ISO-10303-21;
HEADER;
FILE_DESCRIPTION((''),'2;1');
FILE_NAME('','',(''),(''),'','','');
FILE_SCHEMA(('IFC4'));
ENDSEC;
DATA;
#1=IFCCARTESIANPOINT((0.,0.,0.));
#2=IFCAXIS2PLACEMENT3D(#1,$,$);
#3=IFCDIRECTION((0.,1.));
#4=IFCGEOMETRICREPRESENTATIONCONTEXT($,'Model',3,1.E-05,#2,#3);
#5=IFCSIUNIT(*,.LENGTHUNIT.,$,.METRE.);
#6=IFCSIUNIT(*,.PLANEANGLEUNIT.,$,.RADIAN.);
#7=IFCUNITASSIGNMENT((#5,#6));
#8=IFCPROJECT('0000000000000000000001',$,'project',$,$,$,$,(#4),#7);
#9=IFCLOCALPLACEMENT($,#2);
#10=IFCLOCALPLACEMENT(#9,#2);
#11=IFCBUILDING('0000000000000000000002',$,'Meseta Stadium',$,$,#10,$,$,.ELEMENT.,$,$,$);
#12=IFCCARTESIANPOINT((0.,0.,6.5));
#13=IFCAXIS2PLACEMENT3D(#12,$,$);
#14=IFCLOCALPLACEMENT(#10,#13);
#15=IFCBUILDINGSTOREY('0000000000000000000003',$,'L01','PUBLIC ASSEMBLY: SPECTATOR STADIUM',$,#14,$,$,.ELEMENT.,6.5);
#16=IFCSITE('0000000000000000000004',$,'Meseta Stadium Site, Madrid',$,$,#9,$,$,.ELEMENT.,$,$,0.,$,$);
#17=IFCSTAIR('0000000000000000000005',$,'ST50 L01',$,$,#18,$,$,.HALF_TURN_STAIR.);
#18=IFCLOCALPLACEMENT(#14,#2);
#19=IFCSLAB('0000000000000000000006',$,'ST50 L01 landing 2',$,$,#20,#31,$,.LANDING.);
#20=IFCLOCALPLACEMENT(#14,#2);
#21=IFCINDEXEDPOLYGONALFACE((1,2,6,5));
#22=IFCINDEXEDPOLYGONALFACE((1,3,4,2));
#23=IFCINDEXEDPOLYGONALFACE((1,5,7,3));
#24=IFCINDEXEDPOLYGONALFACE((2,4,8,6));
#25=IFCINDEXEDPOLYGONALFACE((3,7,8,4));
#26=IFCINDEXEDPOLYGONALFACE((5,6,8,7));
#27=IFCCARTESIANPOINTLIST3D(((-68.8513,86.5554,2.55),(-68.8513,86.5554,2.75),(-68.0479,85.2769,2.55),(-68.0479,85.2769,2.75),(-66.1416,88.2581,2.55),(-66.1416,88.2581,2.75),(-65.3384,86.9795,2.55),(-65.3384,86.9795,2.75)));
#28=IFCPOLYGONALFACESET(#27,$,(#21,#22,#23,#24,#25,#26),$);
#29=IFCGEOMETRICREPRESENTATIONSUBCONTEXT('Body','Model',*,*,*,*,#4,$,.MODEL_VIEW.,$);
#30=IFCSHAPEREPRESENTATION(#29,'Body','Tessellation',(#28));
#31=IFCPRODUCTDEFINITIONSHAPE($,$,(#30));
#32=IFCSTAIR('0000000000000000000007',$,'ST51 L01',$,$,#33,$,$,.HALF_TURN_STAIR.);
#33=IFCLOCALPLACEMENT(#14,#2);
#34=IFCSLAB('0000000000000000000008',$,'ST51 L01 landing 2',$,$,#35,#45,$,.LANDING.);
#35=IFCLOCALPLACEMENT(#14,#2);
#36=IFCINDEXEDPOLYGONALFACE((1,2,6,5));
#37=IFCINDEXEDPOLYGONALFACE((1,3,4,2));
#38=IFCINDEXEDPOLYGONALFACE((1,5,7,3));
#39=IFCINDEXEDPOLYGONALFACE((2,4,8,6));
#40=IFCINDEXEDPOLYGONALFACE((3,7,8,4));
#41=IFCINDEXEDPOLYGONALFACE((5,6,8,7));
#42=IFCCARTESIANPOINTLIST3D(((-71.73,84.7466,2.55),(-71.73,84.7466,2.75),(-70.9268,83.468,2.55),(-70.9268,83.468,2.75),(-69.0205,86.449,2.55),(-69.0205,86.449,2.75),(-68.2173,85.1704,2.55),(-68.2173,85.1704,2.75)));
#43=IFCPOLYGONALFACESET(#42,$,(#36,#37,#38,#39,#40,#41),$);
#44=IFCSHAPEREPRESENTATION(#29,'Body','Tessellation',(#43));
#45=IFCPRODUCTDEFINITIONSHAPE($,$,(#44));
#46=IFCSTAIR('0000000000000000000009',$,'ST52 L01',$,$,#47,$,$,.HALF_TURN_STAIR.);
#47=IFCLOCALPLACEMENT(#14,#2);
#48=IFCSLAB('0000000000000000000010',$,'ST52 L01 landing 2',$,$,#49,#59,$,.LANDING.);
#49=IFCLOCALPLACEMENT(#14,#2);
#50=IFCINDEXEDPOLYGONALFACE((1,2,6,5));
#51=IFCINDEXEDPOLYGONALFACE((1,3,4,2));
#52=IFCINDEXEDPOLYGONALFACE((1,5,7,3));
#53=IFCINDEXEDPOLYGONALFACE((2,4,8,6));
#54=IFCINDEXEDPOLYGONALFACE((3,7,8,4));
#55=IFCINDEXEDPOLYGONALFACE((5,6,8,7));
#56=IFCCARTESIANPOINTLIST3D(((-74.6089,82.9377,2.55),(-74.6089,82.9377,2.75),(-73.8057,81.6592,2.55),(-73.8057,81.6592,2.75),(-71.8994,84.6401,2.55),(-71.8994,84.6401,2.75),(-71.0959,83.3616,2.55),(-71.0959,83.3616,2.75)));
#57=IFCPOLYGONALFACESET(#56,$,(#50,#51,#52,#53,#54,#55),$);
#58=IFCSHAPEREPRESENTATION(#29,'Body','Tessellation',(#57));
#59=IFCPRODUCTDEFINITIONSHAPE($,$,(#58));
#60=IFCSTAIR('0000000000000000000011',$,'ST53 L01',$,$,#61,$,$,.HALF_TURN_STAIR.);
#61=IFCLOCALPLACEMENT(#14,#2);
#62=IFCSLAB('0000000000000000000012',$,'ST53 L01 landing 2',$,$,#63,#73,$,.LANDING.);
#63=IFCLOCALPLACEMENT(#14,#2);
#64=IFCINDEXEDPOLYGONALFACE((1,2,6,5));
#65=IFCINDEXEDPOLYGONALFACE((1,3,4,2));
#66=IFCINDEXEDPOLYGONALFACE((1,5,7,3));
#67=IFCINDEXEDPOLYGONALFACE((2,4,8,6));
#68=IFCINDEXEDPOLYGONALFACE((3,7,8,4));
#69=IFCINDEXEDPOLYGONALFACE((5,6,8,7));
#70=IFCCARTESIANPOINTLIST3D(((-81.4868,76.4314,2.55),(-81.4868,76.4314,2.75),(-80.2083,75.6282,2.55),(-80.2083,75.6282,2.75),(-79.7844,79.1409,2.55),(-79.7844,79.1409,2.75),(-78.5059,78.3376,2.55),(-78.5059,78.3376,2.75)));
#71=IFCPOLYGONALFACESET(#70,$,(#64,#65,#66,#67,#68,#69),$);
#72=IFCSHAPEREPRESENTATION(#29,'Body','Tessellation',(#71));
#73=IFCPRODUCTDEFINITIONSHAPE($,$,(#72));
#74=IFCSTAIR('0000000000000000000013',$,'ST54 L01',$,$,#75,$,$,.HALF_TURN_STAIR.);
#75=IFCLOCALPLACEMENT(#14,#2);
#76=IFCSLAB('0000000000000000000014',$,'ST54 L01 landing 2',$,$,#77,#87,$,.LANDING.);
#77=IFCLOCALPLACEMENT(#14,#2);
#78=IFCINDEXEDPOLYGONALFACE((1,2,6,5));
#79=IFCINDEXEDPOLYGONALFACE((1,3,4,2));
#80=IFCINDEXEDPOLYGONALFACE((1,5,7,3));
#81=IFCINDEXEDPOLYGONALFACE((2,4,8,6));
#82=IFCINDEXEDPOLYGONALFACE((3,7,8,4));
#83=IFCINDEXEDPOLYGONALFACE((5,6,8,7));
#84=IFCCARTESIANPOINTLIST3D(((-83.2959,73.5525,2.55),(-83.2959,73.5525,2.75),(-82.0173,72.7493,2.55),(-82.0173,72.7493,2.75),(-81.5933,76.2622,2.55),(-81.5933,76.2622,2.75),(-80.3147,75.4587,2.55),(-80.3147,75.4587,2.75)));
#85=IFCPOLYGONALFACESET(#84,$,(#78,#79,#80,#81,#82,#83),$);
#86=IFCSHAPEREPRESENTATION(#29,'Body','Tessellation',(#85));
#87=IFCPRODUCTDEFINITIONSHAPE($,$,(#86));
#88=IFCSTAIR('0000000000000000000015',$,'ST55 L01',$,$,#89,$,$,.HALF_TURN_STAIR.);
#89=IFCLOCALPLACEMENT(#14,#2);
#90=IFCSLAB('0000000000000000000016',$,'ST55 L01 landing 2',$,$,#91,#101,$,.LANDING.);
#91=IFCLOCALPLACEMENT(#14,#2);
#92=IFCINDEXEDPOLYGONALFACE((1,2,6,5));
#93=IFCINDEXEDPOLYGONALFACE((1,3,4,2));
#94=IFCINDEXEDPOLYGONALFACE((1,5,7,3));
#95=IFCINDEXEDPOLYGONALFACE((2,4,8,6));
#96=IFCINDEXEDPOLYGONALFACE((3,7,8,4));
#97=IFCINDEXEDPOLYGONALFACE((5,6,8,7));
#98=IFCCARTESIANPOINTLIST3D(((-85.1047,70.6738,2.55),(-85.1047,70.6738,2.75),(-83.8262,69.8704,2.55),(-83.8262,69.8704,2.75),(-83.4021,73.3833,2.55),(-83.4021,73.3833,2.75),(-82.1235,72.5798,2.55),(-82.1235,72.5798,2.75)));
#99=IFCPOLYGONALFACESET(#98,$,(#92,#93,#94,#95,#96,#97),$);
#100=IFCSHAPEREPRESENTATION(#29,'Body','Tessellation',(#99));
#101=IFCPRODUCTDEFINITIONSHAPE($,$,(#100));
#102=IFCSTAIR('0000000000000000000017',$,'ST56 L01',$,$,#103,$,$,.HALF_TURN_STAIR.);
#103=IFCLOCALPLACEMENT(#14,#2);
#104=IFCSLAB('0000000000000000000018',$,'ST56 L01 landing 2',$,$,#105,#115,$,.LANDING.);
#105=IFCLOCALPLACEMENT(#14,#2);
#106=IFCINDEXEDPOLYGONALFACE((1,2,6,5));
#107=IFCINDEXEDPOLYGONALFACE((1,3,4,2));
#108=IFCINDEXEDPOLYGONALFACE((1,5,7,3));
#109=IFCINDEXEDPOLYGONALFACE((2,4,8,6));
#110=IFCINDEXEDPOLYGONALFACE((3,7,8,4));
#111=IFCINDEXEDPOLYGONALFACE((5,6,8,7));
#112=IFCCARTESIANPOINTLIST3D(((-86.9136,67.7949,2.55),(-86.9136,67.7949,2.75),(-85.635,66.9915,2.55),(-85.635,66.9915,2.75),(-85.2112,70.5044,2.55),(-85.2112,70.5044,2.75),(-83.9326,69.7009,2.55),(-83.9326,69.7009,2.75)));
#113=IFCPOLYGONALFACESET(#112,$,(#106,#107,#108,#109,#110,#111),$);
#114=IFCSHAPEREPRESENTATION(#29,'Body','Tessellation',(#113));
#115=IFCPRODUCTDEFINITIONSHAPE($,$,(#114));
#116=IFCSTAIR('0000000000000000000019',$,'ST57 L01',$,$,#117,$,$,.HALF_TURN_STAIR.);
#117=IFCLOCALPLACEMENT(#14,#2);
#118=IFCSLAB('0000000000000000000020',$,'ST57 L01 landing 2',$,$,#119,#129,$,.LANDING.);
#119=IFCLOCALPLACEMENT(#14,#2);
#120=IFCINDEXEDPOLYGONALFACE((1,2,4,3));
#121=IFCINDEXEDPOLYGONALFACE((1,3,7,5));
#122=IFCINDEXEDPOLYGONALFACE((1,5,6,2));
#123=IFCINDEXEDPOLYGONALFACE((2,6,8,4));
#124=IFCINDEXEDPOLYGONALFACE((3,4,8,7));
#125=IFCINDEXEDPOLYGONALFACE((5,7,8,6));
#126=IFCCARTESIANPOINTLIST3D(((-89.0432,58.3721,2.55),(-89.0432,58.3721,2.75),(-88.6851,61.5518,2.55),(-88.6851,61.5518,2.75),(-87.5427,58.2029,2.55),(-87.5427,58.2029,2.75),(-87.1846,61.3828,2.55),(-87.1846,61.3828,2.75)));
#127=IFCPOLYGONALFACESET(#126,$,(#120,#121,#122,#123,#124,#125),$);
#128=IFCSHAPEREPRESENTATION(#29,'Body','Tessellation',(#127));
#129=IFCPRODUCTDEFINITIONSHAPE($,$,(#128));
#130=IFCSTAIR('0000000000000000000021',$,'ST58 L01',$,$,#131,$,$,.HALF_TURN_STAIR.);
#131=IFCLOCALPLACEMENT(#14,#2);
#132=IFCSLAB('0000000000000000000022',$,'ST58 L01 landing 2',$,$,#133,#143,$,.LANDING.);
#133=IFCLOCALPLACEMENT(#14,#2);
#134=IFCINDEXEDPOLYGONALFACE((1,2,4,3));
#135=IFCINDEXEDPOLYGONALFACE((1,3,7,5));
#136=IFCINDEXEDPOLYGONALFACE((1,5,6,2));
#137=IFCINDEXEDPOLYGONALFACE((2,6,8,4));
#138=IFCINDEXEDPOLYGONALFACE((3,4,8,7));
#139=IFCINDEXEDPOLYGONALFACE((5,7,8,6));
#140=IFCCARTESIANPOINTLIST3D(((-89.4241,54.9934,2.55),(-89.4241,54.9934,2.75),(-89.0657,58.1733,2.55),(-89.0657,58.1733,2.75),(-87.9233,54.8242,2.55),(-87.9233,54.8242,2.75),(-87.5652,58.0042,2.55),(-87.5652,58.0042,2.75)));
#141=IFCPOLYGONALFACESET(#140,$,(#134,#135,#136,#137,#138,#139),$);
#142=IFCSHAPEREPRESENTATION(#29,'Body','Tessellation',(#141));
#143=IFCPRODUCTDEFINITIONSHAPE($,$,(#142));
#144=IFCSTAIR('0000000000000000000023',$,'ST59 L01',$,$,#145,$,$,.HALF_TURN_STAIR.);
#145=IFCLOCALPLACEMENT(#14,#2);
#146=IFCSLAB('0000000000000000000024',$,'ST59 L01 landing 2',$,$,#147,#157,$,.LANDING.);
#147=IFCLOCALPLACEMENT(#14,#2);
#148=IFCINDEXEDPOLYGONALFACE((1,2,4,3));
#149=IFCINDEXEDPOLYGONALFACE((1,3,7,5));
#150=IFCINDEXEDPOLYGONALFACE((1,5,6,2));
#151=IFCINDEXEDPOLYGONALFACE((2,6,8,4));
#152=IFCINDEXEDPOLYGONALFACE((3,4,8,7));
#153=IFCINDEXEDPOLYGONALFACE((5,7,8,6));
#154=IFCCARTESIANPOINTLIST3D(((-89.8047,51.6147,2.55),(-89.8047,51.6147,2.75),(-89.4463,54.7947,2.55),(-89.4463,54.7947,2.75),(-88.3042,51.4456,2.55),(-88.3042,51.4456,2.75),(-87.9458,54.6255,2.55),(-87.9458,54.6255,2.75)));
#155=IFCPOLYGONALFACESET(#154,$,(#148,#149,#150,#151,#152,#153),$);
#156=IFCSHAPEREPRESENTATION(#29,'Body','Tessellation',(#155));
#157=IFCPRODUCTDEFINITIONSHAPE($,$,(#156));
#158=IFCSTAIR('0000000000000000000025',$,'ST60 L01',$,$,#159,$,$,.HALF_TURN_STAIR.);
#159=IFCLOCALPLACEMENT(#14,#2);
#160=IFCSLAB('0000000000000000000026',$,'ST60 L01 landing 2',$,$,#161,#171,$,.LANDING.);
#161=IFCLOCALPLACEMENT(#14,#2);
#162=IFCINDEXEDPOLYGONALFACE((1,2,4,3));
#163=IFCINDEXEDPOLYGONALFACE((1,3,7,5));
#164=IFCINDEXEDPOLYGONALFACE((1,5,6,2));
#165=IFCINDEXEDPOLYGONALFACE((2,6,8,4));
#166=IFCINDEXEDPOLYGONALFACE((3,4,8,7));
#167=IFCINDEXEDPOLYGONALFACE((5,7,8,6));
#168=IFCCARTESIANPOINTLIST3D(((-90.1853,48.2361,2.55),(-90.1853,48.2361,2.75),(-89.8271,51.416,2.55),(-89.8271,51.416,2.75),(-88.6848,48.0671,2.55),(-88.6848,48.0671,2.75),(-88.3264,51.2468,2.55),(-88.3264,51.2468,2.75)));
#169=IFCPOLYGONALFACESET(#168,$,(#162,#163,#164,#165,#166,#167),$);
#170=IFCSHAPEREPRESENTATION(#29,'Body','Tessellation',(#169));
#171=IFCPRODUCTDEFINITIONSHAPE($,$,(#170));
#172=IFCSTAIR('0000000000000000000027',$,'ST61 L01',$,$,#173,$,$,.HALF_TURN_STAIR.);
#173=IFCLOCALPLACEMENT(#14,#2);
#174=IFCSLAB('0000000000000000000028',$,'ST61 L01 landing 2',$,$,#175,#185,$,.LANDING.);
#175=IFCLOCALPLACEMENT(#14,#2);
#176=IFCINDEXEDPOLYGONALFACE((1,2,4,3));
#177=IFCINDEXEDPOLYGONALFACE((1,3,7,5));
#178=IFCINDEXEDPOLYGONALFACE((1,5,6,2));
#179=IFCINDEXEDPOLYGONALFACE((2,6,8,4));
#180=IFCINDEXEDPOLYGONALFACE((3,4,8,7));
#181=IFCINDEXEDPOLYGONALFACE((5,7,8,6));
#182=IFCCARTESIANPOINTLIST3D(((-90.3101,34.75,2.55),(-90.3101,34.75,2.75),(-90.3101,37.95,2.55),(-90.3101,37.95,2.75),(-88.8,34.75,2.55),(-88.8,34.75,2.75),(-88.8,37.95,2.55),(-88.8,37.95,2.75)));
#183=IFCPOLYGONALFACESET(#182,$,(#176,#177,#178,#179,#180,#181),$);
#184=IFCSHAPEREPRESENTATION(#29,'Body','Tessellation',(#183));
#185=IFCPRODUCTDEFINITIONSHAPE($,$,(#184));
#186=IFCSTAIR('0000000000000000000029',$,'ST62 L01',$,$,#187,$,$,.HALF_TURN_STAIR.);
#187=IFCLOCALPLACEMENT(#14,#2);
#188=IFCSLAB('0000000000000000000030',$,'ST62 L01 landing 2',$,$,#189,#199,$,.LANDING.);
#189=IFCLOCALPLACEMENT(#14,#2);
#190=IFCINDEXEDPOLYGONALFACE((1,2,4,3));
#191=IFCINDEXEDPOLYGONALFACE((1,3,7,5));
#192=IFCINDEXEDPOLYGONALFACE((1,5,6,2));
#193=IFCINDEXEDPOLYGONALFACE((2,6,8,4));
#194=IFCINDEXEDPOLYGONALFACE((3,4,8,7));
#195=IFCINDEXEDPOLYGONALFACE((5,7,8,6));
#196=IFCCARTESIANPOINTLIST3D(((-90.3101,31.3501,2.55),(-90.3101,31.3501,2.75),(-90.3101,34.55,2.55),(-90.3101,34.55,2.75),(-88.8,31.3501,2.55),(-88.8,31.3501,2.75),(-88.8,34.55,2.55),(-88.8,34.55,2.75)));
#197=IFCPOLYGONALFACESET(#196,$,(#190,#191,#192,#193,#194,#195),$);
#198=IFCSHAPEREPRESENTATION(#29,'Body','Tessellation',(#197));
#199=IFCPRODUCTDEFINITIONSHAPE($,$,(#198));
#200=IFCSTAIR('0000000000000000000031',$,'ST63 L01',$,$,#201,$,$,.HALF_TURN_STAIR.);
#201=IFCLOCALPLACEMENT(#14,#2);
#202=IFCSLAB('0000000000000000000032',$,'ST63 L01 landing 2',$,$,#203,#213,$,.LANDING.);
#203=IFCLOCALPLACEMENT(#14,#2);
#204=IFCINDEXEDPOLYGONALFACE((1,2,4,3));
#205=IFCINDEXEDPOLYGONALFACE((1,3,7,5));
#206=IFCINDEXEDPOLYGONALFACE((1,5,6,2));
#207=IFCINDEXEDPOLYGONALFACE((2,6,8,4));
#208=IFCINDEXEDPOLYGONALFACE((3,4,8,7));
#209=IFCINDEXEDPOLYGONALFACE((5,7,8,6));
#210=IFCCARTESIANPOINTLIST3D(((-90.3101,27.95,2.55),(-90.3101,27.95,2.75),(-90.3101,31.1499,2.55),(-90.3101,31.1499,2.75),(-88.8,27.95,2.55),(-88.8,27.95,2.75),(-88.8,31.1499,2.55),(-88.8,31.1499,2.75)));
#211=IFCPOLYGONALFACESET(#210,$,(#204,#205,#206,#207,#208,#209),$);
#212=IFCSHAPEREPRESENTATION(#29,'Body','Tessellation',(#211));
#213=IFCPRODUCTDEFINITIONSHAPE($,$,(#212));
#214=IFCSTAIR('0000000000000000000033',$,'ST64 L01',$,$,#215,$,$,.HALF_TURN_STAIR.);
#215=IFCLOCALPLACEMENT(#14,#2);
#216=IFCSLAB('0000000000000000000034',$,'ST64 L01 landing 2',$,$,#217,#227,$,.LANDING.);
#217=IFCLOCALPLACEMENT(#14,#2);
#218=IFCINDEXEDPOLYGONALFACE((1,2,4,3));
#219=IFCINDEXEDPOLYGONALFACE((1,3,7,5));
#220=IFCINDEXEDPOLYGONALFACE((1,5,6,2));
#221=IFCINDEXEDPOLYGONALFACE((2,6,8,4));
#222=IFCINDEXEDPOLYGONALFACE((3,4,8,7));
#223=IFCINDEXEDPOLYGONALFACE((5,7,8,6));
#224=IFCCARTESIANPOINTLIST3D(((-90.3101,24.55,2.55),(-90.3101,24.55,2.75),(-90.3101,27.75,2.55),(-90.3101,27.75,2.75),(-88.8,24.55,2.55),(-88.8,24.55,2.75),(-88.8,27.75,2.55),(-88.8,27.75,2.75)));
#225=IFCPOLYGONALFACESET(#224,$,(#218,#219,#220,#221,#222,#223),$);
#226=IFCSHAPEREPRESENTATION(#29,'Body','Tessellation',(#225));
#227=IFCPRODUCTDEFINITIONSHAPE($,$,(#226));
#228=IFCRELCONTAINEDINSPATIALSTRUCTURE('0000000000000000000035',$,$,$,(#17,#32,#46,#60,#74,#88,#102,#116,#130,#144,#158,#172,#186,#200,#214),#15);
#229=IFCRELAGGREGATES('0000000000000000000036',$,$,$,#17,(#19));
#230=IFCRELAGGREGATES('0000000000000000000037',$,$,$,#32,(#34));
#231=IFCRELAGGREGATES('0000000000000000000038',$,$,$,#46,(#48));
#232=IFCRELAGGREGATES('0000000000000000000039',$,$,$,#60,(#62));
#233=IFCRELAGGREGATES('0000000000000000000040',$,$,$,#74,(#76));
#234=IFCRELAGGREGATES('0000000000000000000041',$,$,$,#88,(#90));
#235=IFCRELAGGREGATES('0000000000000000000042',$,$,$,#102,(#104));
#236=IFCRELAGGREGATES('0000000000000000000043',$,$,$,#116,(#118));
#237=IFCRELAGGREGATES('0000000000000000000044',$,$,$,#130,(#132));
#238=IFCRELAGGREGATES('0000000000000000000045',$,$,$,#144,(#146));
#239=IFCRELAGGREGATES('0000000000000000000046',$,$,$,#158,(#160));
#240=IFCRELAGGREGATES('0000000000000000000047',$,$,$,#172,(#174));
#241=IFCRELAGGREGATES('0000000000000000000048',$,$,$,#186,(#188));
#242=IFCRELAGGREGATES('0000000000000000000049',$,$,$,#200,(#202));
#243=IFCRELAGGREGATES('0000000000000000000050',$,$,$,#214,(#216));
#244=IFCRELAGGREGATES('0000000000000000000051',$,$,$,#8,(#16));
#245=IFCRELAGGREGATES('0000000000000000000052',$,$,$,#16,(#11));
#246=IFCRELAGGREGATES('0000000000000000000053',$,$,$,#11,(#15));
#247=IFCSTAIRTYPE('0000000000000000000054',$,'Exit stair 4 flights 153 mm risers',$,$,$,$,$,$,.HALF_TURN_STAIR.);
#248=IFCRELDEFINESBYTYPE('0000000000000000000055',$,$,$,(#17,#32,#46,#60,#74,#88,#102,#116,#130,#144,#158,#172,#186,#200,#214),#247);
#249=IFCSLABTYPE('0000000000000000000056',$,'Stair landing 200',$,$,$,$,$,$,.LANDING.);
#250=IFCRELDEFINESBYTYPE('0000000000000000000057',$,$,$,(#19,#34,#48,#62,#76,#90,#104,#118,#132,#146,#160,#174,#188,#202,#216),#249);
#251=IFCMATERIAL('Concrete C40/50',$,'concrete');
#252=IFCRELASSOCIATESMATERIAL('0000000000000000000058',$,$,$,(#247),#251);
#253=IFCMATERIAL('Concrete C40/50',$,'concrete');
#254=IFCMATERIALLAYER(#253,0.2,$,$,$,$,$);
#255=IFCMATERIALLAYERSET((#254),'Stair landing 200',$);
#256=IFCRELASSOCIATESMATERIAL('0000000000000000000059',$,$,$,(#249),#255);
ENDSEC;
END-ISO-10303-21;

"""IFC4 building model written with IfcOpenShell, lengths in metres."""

from ifc_helpers import new_model, si_unit, direction, frame, origin, place, context, subcontext, project, spatial, polyline, outline, extrude, material, layer, layer_set, type_object, element, aggregate, save


model = new_model("IFC4")

# Units and contexts
model_context = context("Model", 3, precision=1e-05, world=origin(), true_north=direction((0.0, 1.0)))
body_context = subcontext(model_context, "Body", "Model", "MODEL_VIEW")
ifc_project = project(units=[si_unit("LENGTHUNIT", "METRE"), si_unit("PLANEANGLEUNIT", "RADIAN")], contexts=[model_context])

# Site, building, storey
site_placement = place(None, origin())
site = spatial("IfcSite", under=ifc_project, at=site_placement, Name="Meseta Stadium Site, Madrid", CompositionType="ELEMENT", RefElevation=0.0)
building_placement = place(site_placement, origin())
building = spatial("IfcBuilding", under=site, at=building_placement, Name="Meseta Stadium", CompositionType="ELEMENT")
storey_placement = place(building_placement, frame((0.0, 0.0, 6.5)))
storey = spatial("IfcBuildingStorey", under=building, at=storey_placement, Name="L01", Description="PUBLIC ASSEMBLY: SPECTATOR STADIUM", CompositionType="ELEMENT", Elevation=6.5)

# Stairs, slabs
ifc_material_1 = material(Name="Concrete C40/50", Category="concrete")
stair_type = type_object("IfcStairType", Name="Exit stair 4 flights 153 mm risers", PredefinedType="HALF_TURN_STAIR", material=ifc_material_1)
ifc_material_2 = material(Name="Concrete C40/50", Category="concrete")
ifc_layer = layer(ifc_material_2, 0.2)
ifc_layer_set = layer_set([ifc_layer], Name="Stair landing 200")
slab_type = type_object("IfcSlabType", Name="Stair landing 200", PredefinedType="LANDING", material=ifc_layer_set)
stair_1_placement = place(storey_placement, origin())
stair_1 = element("IfcStair", 1, at=stair_1_placement, inside=storey, type_object=stair_type, Name="ST50 L01", PredefinedType="HALF_TURN_STAIR")
slab_1_placement = place(storey_placement, frame((0.0, 0.0, 2.55)))
slab_1 = element("IfcSlab", 2, at=slab_1_placement, type_object=slab_type, Name="ST50 L01 landing 2", PredefinedType="LANDING", context=body_context, shape_type="SweptSolid", body=[
    extrude(outline(polyline([(-65.3384, 86.9795), (-66.1416, 88.2581), (-68.8513, 86.5554), (-68.0479, 85.2769), (-65.3384, 86.9795)])), origin(), (0.0, 0.0, 1.0), 0.2),
])
aggregate(stair_1, [slab_1])
stair_2_placement = place(storey_placement, origin())
stair_2 = element("IfcStair", 3, at=stair_2_placement, inside=storey, type_object=stair_type, Name="ST51 L01", PredefinedType="HALF_TURN_STAIR")
slab_2_placement = place(storey_placement, frame((0.0, 0.0, 2.55)))
slab_2 = element("IfcSlab", 4, at=slab_2_placement, type_object=slab_type, Name="ST51 L01 landing 2", PredefinedType="LANDING", context=body_context, shape_type="SweptSolid", body=[
    extrude(outline(polyline([(-68.2173, 85.1704), (-69.0205, 86.449), (-71.73, 84.7466), (-70.9268, 83.468), (-68.2173, 85.1704)])), origin(), (0.0, 0.0, 1.0), 0.2),
])
aggregate(stair_2, [slab_2])
stair_3_placement = place(storey_placement, origin())
stair_3 = element("IfcStair", 5, at=stair_3_placement, inside=storey, type_object=stair_type, Name="ST52 L01", PredefinedType="HALF_TURN_STAIR")
slab_3_placement = place(storey_placement, frame((0.0, 0.0, 2.55)))
slab_3 = element("IfcSlab", 6, at=slab_3_placement, type_object=slab_type, Name="ST52 L01 landing 2", PredefinedType="LANDING", context=body_context, shape_type="SweptSolid", body=[
    extrude(outline(polyline([(-71.0959, 83.3616), (-71.8994, 84.6401), (-74.6089, 82.9377), (-73.8057, 81.6592), (-71.0959, 83.3616)])), origin(), (0.0, 0.0, 1.0), 0.2),
])
aggregate(stair_3, [slab_3])
stair_4_placement = place(storey_placement, origin())
stair_4 = element("IfcStair", 7, at=stair_4_placement, inside=storey, type_object=stair_type, Name="ST53 L01", PredefinedType="HALF_TURN_STAIR")
slab_4_placement = place(storey_placement, frame((0.0, 0.0, 2.55)))
slab_4 = element("IfcSlab", 8, at=slab_4_placement, type_object=slab_type, Name="ST53 L01 landing 2", PredefinedType="LANDING", context=body_context, shape_type="SweptSolid", body=[
    extrude(outline(polyline([(-78.5059, 78.3376), (-79.7844, 79.1409), (-81.4868, 76.4314), (-80.2083, 75.6282), (-78.5059, 78.3376)])), origin(), (0.0, 0.0, 1.0), 0.2),
])
aggregate(stair_4, [slab_4])
stair_5_placement = place(storey_placement, origin())
stair_5 = element("IfcStair", 9, at=stair_5_placement, inside=storey, type_object=stair_type, Name="ST54 L01", PredefinedType="HALF_TURN_STAIR")
slab_5_placement = place(storey_placement, frame((0.0, 0.0, 2.55)))
slab_5 = element("IfcSlab", 10, at=slab_5_placement, type_object=slab_type, Name="ST54 L01 landing 2", PredefinedType="LANDING", context=body_context, shape_type="SweptSolid", body=[
    extrude(outline(polyline([(-80.3147, 75.4587), (-81.5933, 76.2622), (-83.2959, 73.5525), (-82.0173, 72.7493), (-80.3147, 75.4587)])), origin(), (0.0, 0.0, 1.0), 0.2),
])
aggregate(stair_5, [slab_5])
stair_6_placement = place(storey_placement, origin())
stair_6 = element("IfcStair", 11, at=stair_6_placement, inside=storey, type_object=stair_type, Name="ST55 L01", PredefinedType="HALF_TURN_STAIR")
slab_6_placement = place(storey_placement, frame((0.0, 0.0, 2.55)))
slab_6 = element("IfcSlab", 12, at=slab_6_placement, type_object=slab_type, Name="ST55 L01 landing 2", PredefinedType="LANDING", context=body_context, shape_type="SweptSolid", body=[
    extrude(outline(polyline([(-82.1235, 72.5798), (-83.4021, 73.3833), (-85.1047, 70.6738), (-83.8262, 69.8704), (-82.1235, 72.5798)])), origin(), (0.0, 0.0, 1.0), 0.2),
])
aggregate(stair_6, [slab_6])
stair_7_placement = place(storey_placement, origin())
stair_7 = element("IfcStair", 13, at=stair_7_placement, inside=storey, type_object=stair_type, Name="ST56 L01", PredefinedType="HALF_TURN_STAIR")
slab_7_placement = place(storey_placement, frame((0.0, 0.0, 2.55)))
slab_7 = element("IfcSlab", 14, at=slab_7_placement, type_object=slab_type, Name="ST56 L01 landing 2", PredefinedType="LANDING", context=body_context, shape_type="SweptSolid", body=[
    extrude(outline(polyline([(-83.9326, 69.7009), (-85.2112, 70.5044), (-86.9136, 67.7949), (-85.635, 66.9915), (-83.9326, 69.7009)])), origin(), (0.0, 0.0, 1.0), 0.2),
])
aggregate(stair_7, [slab_7])
stair_8_placement = place(storey_placement, origin())
stair_8 = element("IfcStair", 15, at=stair_8_placement, inside=storey, type_object=stair_type, Name="ST57 L01", PredefinedType="HALF_TURN_STAIR")
slab_8_placement = place(storey_placement, frame((0.0, 0.0, 2.55)))
slab_8 = element("IfcSlab", 16, at=slab_8_placement, type_object=slab_type, Name="ST57 L01 landing 2", PredefinedType="LANDING", context=body_context, shape_type="SweptSolid", body=[
    extrude(outline(polyline([(-87.1846, 61.3828), (-88.6851, 61.5518), (-89.0432, 58.3721), (-87.5427, 58.2029), (-87.1846, 61.3828)])), origin(), (0.0, 0.0, 1.0), 0.2),
])
aggregate(stair_8, [slab_8])
stair_9_placement = place(storey_placement, origin())
stair_9 = element("IfcStair", 17, at=stair_9_placement, inside=storey, type_object=stair_type, Name="ST58 L01", PredefinedType="HALF_TURN_STAIR")
slab_9_placement = place(storey_placement, frame((0.0, 0.0, 2.55)))
slab_9 = element("IfcSlab", 18, at=slab_9_placement, type_object=slab_type, Name="ST58 L01 landing 2", PredefinedType="LANDING", context=body_context, shape_type="SweptSolid", body=[
    extrude(outline(polyline([(-87.5652, 58.0042), (-89.0657, 58.1733), (-89.4241, 54.9934), (-87.9233, 54.8242), (-87.5652, 58.0042)])), origin(), (0.0, 0.0, 1.0), 0.2),
])
aggregate(stair_9, [slab_9])
stair_10_placement = place(storey_placement, origin())
stair_10 = element("IfcStair", 19, at=stair_10_placement, inside=storey, type_object=stair_type, Name="ST59 L01", PredefinedType="HALF_TURN_STAIR")
slab_10_placement = place(storey_placement, frame((0.0, 0.0, 2.55)))
slab_10 = element("IfcSlab", 20, at=slab_10_placement, type_object=slab_type, Name="ST59 L01 landing 2", PredefinedType="LANDING", context=body_context, shape_type="SweptSolid", body=[
    extrude(outline(polyline([(-87.9458, 54.6255), (-89.4463, 54.7947), (-89.8047, 51.6147), (-88.3042, 51.4456), (-87.9458, 54.6255)])), origin(), (0.0, 0.0, 1.0), 0.2),
])
aggregate(stair_10, [slab_10])
stair_11_placement = place(storey_placement, origin())
stair_11 = element("IfcStair", 21, at=stair_11_placement, inside=storey, type_object=stair_type, Name="ST60 L01", PredefinedType="HALF_TURN_STAIR")
slab_11_placement = place(storey_placement, frame((0.0, 0.0, 2.55)))
slab_11 = element("IfcSlab", 22, at=slab_11_placement, type_object=slab_type, Name="ST60 L01 landing 2", PredefinedType="LANDING", context=body_context, shape_type="SweptSolid", body=[
    extrude(outline(polyline([(-88.3264, 51.2468), (-89.8271, 51.416), (-90.1853, 48.2361), (-88.6848, 48.0671), (-88.3264, 51.2468)])), origin(), (0.0, 0.0, 1.0), 0.2),
])
aggregate(stair_11, [slab_11])
stair_12_placement = place(storey_placement, origin())
stair_12 = element("IfcStair", 23, at=stair_12_placement, inside=storey, type_object=stair_type, Name="ST61 L01", PredefinedType="HALF_TURN_STAIR")
slab_12_placement = place(storey_placement, frame((0.0, 0.0, 2.55)))
slab_12 = element("IfcSlab", 24, at=slab_12_placement, type_object=slab_type, Name="ST61 L01 landing 2", PredefinedType="LANDING", context=body_context, shape_type="SweptSolid", body=[
    extrude(outline(polyline([(-88.8, 37.95), (-90.3101, 37.95), (-90.3101, 34.75), (-88.8, 34.75), (-88.8, 37.95)])), origin(), (0.0, 0.0, 1.0), 0.2),
])
aggregate(stair_12, [slab_12])
stair_13_placement = place(storey_placement, origin())
stair_13 = element("IfcStair", 25, at=stair_13_placement, inside=storey, type_object=stair_type, Name="ST62 L01", PredefinedType="HALF_TURN_STAIR")
slab_13_placement = place(storey_placement, frame((0.0, 0.0, 2.55)))
slab_13 = element("IfcSlab", 26, at=slab_13_placement, type_object=slab_type, Name="ST62 L01 landing 2", PredefinedType="LANDING", context=body_context, shape_type="SweptSolid", body=[
    extrude(outline(polyline([(-88.8, 34.55), (-90.3101, 34.55), (-90.3101, 31.3501), (-88.8, 31.3501), (-88.8, 34.55)])), origin(), (0.0, 0.0, 1.0), 0.2),
])
aggregate(stair_13, [slab_13])
stair_14_placement = place(storey_placement, origin())
stair_14 = element("IfcStair", 27, at=stair_14_placement, inside=storey, type_object=stair_type, Name="ST63 L01", PredefinedType="HALF_TURN_STAIR")
slab_14_placement = place(storey_placement, frame((0.0, 0.0, 2.55)))
slab_14 = element("IfcSlab", 28, at=slab_14_placement, type_object=slab_type, Name="ST63 L01 landing 2", PredefinedType="LANDING", context=body_context, shape_type="SweptSolid", body=[
    extrude(outline(polyline([(-88.8, 31.1499), (-90.3101, 31.1499), (-90.3101, 27.95), (-88.8, 27.95), (-88.8, 31.1499)])), origin(), (0.0, 0.0, 1.0), 0.2),
])
aggregate(stair_14, [slab_14])
stair_15_placement = place(storey_placement, origin())
stair_15 = element("IfcStair", 29, at=stair_15_placement, inside=storey, type_object=stair_type, Name="ST64 L01", PredefinedType="HALF_TURN_STAIR")
slab_15_placement = place(storey_placement, frame((0.0, 0.0, 2.55)))
slab_15 = element("IfcSlab", 30, at=slab_15_placement, type_object=slab_type, Name="ST64 L01 landing 2", PredefinedType="LANDING", context=body_context, shape_type="SweptSolid", body=[
    extrude(outline(polyline([(-88.8, 27.75), (-90.3101, 27.75), (-90.3101, 24.55), (-88.8, 24.55), (-88.8, 27.75)])), origin(), (0.0, 0.0, 1.0), 0.2),
])
aggregate(stair_15, [slab_15])

save(model, "model.ifc")
